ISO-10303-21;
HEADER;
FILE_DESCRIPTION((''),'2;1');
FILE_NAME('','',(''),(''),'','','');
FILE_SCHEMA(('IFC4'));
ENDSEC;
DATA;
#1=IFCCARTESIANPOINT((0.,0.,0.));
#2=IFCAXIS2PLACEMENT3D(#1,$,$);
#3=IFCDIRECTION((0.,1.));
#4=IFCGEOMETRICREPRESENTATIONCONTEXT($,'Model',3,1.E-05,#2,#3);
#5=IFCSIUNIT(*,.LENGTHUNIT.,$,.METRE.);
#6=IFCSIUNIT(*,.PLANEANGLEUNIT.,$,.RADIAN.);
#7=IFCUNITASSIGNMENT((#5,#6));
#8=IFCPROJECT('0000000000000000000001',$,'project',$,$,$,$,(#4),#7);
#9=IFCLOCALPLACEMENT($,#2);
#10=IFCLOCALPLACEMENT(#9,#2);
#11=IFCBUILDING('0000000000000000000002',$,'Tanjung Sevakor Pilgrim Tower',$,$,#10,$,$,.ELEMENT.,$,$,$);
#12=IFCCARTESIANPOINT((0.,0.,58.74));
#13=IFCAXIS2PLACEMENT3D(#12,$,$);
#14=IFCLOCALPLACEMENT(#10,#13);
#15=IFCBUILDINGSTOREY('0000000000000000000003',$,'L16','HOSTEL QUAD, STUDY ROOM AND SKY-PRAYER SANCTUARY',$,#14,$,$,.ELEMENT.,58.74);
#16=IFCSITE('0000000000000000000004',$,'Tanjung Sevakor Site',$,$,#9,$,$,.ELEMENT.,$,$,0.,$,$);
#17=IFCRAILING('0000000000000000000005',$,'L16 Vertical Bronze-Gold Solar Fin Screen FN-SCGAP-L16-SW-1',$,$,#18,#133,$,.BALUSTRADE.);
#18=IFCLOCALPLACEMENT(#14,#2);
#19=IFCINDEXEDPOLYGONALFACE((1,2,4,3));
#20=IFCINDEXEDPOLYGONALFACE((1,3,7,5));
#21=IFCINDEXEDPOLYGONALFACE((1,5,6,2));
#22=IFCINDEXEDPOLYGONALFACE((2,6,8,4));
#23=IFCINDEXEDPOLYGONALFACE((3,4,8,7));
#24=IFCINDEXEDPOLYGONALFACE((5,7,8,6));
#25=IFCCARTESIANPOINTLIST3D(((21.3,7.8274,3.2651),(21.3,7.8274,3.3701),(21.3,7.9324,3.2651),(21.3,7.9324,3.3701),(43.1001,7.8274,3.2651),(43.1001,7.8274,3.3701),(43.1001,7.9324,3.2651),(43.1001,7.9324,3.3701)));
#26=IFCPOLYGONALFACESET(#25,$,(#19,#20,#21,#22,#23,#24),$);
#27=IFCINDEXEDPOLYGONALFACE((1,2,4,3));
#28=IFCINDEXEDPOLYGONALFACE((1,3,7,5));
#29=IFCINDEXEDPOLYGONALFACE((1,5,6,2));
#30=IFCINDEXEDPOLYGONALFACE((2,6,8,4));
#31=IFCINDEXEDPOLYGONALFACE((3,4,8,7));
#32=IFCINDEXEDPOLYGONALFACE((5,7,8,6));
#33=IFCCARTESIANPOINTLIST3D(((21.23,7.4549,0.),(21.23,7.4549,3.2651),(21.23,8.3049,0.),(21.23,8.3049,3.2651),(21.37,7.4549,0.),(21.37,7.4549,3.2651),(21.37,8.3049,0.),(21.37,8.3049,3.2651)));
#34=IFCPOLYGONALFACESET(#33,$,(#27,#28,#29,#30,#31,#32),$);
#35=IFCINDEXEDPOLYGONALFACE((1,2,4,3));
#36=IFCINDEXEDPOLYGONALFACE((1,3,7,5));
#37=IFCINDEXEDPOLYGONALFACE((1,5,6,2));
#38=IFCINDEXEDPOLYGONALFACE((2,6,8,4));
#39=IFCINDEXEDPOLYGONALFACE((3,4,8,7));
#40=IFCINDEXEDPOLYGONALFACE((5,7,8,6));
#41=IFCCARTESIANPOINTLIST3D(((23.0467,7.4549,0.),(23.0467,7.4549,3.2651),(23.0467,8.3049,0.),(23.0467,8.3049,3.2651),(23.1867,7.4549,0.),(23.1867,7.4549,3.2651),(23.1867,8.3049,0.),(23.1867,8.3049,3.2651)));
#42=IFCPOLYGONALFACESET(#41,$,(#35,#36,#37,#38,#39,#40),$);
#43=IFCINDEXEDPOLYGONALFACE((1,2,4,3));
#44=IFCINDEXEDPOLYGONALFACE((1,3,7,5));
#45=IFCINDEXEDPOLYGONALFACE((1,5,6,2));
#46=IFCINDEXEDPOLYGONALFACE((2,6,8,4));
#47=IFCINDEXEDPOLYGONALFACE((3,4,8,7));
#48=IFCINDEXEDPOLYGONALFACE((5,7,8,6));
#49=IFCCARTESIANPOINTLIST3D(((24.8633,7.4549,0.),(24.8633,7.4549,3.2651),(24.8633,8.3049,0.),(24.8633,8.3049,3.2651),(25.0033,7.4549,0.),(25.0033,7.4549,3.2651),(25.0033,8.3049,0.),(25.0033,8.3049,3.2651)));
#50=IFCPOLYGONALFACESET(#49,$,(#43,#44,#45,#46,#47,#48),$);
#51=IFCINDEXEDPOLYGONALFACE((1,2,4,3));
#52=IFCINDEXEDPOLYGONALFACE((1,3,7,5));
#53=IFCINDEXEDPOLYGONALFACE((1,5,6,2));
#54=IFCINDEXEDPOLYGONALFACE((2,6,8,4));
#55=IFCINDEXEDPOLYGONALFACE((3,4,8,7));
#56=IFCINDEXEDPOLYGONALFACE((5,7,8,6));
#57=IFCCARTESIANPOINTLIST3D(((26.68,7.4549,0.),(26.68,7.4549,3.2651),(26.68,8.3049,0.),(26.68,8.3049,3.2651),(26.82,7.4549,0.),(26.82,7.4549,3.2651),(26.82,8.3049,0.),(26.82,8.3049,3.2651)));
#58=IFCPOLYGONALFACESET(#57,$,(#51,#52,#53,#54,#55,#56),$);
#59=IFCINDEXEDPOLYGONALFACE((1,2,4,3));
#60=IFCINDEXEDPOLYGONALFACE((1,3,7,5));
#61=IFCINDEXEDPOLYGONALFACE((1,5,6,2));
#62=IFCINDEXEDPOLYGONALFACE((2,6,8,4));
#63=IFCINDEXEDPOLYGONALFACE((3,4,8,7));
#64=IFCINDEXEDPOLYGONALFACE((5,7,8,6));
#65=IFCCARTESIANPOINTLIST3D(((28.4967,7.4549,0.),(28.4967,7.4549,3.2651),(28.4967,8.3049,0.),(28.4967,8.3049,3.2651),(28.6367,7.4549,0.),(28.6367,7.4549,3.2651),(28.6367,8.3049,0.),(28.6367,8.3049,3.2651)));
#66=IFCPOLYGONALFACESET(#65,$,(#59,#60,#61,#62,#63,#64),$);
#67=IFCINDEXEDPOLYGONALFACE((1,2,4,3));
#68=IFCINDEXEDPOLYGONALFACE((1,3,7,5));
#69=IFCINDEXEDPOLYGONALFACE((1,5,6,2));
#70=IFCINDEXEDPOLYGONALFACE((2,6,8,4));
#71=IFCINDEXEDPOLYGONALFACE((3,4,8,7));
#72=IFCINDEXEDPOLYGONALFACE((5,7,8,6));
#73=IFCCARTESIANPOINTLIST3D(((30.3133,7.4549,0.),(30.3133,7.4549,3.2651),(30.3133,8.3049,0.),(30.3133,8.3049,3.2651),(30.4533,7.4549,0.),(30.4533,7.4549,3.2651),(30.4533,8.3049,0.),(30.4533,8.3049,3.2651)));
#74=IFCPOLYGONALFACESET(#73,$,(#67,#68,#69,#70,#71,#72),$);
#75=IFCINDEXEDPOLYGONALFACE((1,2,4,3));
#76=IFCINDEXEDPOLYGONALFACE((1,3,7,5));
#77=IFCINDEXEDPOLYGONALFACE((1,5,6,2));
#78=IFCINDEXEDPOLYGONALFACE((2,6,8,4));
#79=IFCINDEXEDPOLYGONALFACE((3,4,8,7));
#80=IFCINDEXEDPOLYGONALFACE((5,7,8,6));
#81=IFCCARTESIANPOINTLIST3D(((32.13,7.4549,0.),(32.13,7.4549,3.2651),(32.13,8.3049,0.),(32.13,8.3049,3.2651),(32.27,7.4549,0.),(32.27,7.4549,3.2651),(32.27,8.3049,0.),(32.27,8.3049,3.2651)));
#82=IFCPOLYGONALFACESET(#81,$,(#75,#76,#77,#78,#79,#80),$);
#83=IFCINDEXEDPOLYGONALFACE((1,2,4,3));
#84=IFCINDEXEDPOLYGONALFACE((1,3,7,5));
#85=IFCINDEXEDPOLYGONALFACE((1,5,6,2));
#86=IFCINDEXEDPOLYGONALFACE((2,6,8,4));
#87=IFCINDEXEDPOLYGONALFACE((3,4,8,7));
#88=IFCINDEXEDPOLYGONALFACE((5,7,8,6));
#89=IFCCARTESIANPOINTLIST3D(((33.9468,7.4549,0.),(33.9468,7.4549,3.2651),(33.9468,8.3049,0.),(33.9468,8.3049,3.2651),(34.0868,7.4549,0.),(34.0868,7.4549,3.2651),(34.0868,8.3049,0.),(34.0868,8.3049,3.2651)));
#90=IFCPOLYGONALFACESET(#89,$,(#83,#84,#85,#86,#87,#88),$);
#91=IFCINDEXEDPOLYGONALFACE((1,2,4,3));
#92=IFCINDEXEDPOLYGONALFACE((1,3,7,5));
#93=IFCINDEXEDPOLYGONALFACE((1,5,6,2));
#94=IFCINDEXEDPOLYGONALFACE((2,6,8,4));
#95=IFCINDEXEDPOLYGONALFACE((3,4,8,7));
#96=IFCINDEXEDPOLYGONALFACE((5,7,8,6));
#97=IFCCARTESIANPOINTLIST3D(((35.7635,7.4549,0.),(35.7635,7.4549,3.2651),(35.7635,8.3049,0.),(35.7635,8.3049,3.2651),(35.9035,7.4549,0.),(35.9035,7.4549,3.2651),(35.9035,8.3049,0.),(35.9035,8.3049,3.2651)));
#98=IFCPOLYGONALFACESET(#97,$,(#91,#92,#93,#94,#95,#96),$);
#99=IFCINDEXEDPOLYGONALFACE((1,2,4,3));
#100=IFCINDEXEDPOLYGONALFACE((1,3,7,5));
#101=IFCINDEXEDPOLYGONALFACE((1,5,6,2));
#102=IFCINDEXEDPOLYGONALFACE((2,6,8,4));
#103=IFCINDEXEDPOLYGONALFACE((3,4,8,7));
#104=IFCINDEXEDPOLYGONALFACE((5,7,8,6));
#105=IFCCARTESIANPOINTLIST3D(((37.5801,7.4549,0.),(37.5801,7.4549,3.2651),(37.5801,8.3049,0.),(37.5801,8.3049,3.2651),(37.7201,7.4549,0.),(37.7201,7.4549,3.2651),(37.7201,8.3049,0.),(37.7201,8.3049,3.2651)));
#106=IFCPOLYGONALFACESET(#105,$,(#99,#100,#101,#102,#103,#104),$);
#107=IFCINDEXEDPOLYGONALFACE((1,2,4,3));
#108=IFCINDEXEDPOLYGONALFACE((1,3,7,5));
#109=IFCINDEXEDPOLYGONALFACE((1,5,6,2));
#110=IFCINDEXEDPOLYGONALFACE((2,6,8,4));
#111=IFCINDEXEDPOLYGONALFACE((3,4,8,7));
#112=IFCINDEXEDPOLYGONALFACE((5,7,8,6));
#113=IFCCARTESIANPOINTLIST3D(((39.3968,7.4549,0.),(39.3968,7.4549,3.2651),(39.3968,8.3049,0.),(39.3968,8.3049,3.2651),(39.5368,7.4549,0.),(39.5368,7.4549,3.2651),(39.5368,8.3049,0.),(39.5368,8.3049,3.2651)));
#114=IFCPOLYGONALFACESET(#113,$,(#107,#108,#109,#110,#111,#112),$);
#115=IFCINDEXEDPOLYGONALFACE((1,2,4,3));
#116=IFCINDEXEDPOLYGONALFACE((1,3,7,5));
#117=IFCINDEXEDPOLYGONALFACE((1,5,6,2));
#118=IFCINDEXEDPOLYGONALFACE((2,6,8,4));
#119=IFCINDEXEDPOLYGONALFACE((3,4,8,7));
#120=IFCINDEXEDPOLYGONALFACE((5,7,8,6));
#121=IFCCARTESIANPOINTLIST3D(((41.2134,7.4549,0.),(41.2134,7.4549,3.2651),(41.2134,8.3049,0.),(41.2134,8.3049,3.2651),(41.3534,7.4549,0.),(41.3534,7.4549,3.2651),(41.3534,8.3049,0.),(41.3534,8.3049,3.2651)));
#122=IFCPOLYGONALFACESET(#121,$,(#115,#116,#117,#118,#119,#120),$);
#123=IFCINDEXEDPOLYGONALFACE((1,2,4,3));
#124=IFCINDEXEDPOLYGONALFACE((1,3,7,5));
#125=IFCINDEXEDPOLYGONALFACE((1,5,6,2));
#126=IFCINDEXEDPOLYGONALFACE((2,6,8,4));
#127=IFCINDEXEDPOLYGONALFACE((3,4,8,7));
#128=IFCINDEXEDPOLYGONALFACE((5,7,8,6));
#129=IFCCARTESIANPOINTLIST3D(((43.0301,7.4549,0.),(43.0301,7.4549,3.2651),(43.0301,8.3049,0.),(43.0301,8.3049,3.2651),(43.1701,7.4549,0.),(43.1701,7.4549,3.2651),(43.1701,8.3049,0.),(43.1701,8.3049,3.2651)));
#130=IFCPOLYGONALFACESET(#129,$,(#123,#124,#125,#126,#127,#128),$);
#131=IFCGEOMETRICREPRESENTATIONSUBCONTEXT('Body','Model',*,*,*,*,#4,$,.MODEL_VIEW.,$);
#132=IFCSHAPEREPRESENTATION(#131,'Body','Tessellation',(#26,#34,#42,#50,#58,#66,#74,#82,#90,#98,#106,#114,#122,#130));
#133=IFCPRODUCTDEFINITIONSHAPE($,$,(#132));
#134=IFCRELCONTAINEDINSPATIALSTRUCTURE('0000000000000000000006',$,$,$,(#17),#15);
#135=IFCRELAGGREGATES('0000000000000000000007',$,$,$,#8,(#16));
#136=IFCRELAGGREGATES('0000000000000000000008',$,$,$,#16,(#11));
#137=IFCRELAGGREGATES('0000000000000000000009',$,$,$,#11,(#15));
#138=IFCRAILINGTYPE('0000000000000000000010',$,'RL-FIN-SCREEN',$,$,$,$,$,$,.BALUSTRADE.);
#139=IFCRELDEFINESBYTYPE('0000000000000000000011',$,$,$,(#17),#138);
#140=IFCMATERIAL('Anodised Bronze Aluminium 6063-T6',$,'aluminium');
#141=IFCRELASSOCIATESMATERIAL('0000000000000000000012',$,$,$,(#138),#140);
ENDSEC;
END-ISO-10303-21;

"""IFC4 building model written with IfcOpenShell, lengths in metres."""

from ifc_helpers import new_model, si_unit, direction, frame, origin, place, context, subcontext, project, spatial, rectangle, extrude, material, type_object, element, save


model = new_model("IFC4")

# Units and contexts
model_context = context("Model", 3, precision=1e-05, world=origin(), true_north=direction((0.0, 1.0)))
body_context = subcontext(model_context, "Body", "Model", "MODEL_VIEW")
ifc_project = project(units=[si_unit("LENGTHUNIT", "METRE"), si_unit("PLANEANGLEUNIT", "RADIAN")], contexts=[model_context])

# Site, building, storey
site_placement = place(None, origin())
site = spatial("IfcSite", under=ifc_project, at=site_placement, Name="Tanjung Sevakor Site", CompositionType="ELEMENT", RefElevation=0.0)
building_placement = place(site_placement, origin())
building = spatial("IfcBuilding", under=site, at=building_placement, Name="Tanjung Sevakor Pilgrim Tower", CompositionType="ELEMENT")
storey_placement = place(building_placement, frame((0.0, 0.0, 58.74)))
storey = spatial("IfcBuildingStorey", under=building, at=storey_placement, Name="L16", Description="HOSTEL QUAD, STUDY ROOM AND SKY-PRAYER SANCTUARY", CompositionType="ELEMENT", Elevation=58.74)

# Railing
ifc_material_1 = material(Name="Anodised Bronze Aluminium 6063-T6", Category="aluminium")
railing_type_1 = type_object("IfcRailingType", Name="RL-FIN-SCREEN", PredefinedType="BALUSTRADE", material=ifc_material_1)
railing_1_placement = place(storey_placement, frame((21.3, 7.8799, 0.0)))
element("IfcRailing", 1, at=railing_1_placement, inside=storey, type_object=railing_type_1, Name="L16 Vertical Bronze-Gold Solar Fin Screen FN-SCGAP-L16-SW-1", PredefinedType="BALUSTRADE", context=body_context, shape_type="SweptSolid", body=[
    extrude(rectangle(XDim=0.105, YDim=0.105), frame((0.0, 0.0, 3.3176), z_axis=(1.0, 0.0, 0.0), x_axis=(0.0, 1.0, 0.0)), (0.0, 0.0, 1.0), 21.8),
    extrude(rectangle(XDim=0.14, YDim=0.85), origin(), (0.0, 0.0, 1.0), 3.2651),
    extrude(rectangle(XDim=0.14, YDim=0.85), frame((1.8167, 0.0, 0.0)), (0.0, 0.0, 1.0), 3.2651),
    extrude(rectangle(XDim=0.14, YDim=0.85), frame((3.6333, 0.0, 0.0)), (0.0, 0.0, 1.0), 3.2651),
    extrude(rectangle(XDim=0.14, YDim=0.85), frame((5.45, 0.0, 0.0)), (0.0, 0.0, 1.0), 3.2651),
    extrude(rectangle(XDim=0.14, YDim=0.85), frame((7.2666, 0.0, 0.0)), (0.0, 0.0, 1.0), 3.2651),
    extrude(rectangle(XDim=0.14, YDim=0.85), frame((9.0833, 0.0, 0.0)), (0.0, 0.0, 1.0), 3.2651),
    extrude(rectangle(XDim=0.14, YDim=0.85), frame((10.8999, 0.0, 0.0)), (0.0, 0.0, 1.0), 3.2651),
    extrude(rectangle(XDim=0.14, YDim=0.85), frame((12.7168, 0.0, 0.0)), (0.0, 0.0, 1.0), 3.2651),
    extrude(rectangle(XDim=0.14, YDim=0.85), frame((14.5334, 0.0, 0.0)), (0.0, 0.0, 1.0), 3.2651),
    extrude(rectangle(XDim=0.14, YDim=0.85), frame((16.3501, 0.0, 0.0)), (0.0, 0.0, 1.0), 3.2651),
    extrude(rectangle(XDim=0.14, YDim=0.85), frame((18.1667, 0.0, 0.0)), (0.0, 0.0, 1.0), 3.2651),
    extrude(rectangle(XDim=0.14, YDim=0.85), frame((19.9834, 0.0, 0.0)), (0.0, 0.0, 1.0), 3.2651),
    extrude(rectangle(XDim=0.14, YDim=0.85), frame((21.8, 0.0, 0.0)), (0.0, 0.0, 1.0), 3.2651),
])

save(model, "model.ifc")
